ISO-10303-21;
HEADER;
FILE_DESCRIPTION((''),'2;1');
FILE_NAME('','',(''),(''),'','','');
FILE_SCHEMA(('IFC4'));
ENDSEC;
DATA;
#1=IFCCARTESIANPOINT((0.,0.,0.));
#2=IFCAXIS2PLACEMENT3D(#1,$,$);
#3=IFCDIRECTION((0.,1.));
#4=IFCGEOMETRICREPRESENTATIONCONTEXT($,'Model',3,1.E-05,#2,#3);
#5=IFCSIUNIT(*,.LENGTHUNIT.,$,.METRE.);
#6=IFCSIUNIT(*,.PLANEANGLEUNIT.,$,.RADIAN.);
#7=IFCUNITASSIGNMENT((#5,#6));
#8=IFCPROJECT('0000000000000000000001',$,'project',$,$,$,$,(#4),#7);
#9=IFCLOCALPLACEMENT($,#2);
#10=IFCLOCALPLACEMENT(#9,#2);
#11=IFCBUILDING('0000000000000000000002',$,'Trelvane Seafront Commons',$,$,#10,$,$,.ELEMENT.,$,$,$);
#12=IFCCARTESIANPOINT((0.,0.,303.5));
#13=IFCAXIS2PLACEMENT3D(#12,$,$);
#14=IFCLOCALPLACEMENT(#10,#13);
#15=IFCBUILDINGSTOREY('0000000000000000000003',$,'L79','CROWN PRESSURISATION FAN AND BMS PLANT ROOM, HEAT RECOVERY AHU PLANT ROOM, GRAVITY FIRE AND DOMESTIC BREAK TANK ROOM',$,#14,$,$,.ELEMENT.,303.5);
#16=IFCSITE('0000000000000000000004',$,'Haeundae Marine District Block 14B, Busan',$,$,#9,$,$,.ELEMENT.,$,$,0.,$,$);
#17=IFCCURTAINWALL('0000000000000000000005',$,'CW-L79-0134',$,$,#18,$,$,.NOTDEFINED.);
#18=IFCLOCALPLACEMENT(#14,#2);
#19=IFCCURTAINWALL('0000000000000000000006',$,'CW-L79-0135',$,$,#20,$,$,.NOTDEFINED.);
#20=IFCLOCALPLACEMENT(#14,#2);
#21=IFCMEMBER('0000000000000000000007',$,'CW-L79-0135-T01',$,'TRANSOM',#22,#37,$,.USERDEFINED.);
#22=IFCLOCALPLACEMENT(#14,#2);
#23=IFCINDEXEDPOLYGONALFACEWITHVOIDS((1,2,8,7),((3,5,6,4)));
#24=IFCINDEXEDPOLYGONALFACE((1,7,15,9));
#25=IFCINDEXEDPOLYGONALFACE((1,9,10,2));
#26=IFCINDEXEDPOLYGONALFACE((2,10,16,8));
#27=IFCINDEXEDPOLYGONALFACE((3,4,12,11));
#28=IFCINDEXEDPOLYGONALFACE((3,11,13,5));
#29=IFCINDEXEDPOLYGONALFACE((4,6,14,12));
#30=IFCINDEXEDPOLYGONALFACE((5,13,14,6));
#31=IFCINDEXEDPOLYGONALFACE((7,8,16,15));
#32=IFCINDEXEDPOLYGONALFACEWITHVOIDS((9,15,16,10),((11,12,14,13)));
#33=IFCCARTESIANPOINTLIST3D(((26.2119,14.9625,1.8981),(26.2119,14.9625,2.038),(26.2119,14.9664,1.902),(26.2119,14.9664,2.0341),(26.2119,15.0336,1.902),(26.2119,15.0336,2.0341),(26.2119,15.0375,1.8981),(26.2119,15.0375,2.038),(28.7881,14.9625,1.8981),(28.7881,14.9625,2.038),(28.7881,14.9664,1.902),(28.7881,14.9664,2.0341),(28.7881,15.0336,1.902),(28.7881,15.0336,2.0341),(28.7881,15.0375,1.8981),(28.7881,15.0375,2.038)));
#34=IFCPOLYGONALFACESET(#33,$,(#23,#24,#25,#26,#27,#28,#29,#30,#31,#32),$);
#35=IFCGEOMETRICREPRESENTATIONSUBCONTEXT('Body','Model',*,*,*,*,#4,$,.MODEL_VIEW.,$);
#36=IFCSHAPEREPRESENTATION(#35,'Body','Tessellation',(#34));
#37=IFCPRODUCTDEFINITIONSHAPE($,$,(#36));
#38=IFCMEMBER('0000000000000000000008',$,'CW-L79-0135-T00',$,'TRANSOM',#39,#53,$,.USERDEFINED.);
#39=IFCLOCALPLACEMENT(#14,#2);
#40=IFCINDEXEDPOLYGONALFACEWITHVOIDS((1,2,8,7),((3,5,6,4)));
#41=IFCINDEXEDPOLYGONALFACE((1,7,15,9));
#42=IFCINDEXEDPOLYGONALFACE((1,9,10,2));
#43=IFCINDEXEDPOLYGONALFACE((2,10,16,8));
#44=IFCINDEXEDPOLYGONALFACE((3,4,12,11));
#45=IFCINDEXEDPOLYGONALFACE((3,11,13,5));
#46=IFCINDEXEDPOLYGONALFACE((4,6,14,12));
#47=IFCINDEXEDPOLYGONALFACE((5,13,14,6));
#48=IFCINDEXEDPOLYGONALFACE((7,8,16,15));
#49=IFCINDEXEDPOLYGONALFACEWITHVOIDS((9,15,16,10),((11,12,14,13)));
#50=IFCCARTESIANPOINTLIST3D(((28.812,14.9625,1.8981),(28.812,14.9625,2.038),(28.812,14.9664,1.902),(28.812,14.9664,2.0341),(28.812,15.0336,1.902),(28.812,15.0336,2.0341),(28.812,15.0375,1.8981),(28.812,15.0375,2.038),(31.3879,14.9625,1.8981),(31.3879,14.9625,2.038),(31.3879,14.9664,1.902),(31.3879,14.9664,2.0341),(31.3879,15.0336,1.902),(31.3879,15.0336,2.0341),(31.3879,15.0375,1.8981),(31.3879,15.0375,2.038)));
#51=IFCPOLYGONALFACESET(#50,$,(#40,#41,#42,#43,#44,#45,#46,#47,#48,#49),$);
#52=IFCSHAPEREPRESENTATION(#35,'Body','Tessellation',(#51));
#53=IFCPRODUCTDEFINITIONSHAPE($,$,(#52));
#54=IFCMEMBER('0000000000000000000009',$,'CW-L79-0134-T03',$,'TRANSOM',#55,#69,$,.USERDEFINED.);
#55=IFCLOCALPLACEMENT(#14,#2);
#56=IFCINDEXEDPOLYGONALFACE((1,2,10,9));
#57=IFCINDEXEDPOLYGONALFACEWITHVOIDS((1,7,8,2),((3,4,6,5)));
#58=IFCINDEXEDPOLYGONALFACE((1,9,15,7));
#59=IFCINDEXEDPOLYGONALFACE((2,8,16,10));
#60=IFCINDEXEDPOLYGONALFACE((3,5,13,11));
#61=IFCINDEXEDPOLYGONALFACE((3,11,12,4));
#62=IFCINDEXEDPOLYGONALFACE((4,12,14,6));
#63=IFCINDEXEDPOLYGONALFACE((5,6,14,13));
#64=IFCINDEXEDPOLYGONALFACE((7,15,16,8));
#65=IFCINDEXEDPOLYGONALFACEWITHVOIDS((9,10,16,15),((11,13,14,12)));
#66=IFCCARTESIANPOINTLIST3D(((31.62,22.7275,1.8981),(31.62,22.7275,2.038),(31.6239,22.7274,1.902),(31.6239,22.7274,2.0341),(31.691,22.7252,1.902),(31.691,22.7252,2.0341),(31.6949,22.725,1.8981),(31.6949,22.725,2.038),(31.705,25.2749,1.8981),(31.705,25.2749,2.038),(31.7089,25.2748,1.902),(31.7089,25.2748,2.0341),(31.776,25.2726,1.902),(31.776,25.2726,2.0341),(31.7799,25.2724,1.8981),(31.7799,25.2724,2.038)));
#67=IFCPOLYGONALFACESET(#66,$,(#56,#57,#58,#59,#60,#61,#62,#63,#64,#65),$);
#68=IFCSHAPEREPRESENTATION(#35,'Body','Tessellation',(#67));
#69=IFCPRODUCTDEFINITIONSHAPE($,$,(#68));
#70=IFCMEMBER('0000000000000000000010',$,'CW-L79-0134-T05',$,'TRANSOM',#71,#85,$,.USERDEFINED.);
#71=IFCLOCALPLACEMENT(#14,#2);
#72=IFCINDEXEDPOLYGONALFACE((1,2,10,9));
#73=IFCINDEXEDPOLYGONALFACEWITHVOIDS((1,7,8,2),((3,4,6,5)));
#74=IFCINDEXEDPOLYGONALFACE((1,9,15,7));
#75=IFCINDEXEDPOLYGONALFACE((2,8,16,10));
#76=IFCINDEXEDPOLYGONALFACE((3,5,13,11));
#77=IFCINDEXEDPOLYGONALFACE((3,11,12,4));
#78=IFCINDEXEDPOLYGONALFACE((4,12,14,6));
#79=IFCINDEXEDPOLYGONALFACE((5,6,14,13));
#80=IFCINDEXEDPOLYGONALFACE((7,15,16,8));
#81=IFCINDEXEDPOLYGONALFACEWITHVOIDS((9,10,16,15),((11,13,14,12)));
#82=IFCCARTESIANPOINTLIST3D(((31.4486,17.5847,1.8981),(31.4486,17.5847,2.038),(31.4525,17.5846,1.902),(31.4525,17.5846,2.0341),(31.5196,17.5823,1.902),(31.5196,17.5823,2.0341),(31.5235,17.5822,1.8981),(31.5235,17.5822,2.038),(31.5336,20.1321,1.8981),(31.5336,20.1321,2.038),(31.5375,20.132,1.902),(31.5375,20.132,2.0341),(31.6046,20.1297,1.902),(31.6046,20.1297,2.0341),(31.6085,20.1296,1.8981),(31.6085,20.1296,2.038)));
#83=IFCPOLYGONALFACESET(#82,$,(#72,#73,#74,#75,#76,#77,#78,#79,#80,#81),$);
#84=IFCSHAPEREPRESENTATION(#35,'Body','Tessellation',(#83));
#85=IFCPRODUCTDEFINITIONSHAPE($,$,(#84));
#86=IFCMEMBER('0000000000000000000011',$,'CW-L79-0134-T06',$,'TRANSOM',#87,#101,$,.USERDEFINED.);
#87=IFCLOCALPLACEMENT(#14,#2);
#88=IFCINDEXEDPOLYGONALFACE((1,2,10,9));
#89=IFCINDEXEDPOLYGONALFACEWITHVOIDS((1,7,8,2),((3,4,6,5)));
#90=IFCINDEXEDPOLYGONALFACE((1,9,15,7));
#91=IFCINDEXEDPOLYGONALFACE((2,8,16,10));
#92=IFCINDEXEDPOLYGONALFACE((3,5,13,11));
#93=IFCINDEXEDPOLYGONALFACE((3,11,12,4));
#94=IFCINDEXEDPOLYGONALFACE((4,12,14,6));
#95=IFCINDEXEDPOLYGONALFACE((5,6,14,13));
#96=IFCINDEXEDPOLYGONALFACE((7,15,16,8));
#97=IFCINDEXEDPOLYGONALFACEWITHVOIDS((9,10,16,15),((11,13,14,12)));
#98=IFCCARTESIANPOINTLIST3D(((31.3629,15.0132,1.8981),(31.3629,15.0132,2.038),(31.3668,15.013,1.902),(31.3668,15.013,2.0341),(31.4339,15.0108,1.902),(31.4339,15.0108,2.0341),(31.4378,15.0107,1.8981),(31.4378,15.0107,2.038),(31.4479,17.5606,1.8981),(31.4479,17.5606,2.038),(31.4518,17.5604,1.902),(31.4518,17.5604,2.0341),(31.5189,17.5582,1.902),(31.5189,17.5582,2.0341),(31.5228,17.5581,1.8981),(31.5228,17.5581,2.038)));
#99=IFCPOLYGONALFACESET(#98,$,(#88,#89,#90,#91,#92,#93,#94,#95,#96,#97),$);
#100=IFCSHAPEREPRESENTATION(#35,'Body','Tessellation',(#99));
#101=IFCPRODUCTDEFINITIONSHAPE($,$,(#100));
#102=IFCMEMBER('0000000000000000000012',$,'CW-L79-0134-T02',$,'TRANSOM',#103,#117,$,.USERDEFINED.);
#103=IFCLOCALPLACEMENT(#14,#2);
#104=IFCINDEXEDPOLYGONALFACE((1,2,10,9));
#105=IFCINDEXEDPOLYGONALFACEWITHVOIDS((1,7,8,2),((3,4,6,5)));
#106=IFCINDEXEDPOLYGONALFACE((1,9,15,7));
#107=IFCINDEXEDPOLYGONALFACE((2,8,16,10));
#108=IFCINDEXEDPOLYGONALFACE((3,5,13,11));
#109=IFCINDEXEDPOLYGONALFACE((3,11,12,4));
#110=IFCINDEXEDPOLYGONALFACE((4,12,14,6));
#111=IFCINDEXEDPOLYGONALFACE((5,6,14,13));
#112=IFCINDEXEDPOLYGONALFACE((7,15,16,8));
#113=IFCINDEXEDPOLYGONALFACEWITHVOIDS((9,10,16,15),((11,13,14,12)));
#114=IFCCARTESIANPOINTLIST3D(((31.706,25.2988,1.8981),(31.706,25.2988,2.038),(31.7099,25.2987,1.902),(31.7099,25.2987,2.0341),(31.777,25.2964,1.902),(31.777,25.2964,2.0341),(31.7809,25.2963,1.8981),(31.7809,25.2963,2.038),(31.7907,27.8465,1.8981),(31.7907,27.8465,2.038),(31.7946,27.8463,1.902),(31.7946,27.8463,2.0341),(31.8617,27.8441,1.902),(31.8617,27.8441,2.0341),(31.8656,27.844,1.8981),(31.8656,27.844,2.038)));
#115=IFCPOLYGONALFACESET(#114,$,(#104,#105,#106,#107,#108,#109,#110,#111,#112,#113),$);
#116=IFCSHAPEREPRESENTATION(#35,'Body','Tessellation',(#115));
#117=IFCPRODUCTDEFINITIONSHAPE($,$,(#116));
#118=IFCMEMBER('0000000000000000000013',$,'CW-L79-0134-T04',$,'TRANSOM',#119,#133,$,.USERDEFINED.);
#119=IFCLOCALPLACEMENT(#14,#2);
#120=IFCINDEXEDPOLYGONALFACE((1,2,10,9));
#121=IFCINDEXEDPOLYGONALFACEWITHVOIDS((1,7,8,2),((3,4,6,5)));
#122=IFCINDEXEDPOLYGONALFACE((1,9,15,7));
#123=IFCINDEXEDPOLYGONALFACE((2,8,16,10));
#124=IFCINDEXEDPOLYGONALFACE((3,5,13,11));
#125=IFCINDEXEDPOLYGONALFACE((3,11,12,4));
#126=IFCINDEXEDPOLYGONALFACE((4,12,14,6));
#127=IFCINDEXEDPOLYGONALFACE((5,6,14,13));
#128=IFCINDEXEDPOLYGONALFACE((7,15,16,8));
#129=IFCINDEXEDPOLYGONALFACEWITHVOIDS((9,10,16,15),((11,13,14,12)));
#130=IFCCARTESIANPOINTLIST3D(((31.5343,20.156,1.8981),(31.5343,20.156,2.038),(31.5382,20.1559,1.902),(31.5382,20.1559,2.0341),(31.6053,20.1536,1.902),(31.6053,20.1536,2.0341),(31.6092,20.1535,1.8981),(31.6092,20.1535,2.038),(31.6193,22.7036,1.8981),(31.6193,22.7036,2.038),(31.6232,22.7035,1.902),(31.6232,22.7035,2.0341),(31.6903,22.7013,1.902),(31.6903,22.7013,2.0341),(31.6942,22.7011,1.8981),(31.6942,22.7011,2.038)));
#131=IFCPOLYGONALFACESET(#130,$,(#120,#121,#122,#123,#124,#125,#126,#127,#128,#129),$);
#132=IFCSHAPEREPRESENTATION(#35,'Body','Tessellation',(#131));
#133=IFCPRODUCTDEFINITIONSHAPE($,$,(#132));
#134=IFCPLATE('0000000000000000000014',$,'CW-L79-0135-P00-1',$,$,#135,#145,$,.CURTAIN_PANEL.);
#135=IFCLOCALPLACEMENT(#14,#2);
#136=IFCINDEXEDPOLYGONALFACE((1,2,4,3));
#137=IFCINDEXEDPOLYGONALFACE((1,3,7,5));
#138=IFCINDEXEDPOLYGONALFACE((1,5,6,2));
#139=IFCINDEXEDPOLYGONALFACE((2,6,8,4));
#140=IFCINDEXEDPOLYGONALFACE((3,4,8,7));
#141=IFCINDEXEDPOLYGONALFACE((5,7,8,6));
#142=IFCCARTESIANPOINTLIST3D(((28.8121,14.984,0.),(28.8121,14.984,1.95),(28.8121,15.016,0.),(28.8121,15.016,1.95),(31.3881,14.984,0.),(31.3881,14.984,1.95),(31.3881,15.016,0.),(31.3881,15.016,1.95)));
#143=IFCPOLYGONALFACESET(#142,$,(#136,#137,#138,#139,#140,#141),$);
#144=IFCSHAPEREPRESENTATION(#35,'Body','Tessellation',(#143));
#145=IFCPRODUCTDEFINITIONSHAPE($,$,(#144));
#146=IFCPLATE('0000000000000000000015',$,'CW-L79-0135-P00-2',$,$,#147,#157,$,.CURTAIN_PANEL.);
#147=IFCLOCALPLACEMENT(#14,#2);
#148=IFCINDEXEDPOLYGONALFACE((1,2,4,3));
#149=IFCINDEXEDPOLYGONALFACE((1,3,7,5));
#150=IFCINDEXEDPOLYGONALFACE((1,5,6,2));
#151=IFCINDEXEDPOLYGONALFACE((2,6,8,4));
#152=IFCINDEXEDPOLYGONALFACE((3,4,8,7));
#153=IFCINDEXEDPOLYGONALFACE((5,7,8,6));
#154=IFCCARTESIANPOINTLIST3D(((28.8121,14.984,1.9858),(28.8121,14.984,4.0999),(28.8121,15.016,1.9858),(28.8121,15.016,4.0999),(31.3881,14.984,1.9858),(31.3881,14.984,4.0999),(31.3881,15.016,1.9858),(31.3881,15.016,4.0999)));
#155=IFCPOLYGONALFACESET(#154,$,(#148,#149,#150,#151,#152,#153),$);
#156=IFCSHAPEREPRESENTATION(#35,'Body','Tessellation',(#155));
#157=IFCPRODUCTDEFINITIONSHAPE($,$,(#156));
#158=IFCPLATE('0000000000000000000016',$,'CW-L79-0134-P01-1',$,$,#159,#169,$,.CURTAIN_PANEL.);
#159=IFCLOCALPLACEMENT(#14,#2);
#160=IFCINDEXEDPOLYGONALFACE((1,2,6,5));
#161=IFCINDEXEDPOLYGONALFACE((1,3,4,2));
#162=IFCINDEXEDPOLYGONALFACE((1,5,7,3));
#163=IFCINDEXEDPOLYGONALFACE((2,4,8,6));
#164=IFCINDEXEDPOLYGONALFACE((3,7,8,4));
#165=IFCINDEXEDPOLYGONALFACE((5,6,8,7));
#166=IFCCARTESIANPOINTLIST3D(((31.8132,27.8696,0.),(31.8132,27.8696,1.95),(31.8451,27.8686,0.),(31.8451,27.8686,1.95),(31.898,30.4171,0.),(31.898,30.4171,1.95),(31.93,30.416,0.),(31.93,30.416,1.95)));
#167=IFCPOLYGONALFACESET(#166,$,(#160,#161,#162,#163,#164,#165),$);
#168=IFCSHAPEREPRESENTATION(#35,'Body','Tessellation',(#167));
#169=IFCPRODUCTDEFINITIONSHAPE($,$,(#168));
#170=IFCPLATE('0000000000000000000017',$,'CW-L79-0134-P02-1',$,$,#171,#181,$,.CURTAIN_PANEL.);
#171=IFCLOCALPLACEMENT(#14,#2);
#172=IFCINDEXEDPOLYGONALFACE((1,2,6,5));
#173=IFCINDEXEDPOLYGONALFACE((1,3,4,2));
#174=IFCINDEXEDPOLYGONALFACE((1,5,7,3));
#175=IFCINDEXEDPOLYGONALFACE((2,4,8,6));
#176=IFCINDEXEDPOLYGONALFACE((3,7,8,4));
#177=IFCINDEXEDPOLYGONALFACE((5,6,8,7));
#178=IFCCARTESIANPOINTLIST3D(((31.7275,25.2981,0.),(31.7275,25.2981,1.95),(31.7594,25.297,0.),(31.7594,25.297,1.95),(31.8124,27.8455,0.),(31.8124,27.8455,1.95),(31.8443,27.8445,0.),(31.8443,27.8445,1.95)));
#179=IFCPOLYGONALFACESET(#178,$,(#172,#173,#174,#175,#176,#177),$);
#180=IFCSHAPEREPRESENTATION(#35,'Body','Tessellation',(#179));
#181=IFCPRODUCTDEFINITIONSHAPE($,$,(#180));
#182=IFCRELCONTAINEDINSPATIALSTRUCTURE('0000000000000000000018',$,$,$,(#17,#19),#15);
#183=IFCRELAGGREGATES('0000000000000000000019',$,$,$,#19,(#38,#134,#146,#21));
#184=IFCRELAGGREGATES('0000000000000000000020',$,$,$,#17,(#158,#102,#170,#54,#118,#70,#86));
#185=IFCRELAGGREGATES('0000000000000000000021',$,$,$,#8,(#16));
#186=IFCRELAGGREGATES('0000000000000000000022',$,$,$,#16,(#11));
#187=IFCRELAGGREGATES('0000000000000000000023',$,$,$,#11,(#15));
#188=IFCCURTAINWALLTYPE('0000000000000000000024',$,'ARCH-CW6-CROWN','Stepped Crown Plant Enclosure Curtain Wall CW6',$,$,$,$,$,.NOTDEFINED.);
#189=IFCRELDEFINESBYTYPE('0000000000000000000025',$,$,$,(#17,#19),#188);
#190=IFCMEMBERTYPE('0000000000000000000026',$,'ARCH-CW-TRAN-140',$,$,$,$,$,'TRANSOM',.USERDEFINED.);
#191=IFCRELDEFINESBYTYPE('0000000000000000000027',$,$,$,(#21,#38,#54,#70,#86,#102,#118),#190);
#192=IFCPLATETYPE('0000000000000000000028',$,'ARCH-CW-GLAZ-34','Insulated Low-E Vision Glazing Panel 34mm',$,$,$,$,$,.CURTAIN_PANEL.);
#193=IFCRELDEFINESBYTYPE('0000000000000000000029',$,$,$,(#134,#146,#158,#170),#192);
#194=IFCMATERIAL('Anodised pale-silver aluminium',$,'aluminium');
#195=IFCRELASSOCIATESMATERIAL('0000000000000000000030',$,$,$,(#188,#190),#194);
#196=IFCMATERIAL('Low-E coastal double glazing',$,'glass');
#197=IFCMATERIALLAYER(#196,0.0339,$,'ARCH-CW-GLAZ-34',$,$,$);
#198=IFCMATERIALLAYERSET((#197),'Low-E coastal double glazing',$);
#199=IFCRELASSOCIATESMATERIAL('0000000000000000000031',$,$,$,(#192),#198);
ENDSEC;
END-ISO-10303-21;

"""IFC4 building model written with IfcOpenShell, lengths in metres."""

from ifc_helpers import new_model, si_unit, direction, frame, origin, origin_2d, place, context, subcontext, project, spatial, rectangle, hollow_rectangle, extrude, source, transform, mapped, material, layer, layer_set, material_profile, profile_set, type_object, element, aggregate, save


model = new_model("IFC4")

# Units and contexts
model_context = context("Model", 3, precision=1e-05, world=origin(), true_north=direction((0.0, 1.0)))
body_context = subcontext(model_context, "Body", "Model", "MODEL_VIEW")
ifc_project = project(units=[si_unit("LENGTHUNIT", "METRE"), si_unit("PLANEANGLEUNIT", "RADIAN")], contexts=[model_context])

# Site, building, storey
site_placement = place(None, origin())
site = spatial("IfcSite", under=ifc_project, at=site_placement, Name="Haeundae Marine District Block 14B, Busan", CompositionType="ELEMENT", RefElevation=0.0)
building_placement = place(site_placement, origin())
building = spatial("IfcBuilding", under=site, at=building_placement, Name="Trelvane Seafront Commons", CompositionType="ELEMENT")
storey_placement = place(building_placement, frame((0.0, 0.0, 303.5)))
storey = spatial("IfcBuildingStorey", under=building, at=storey_placement, Name="L79", Description="CROWN PRESSURISATION FAN AND BMS PLANT ROOM, HEAT RECOVERY AHU PLANT ROOM, GRAVITY FIRE AND DOMESTIC BREAK TANK ROOM", CompositionType="ELEMENT", Elevation=303.5)

# Curtain walls, members
ifc_material_1 = material(Name="Anodised pale-silver aluminium", Category="aluminium")
curtain_wall_type = type_object("IfcCurtainWallType", Name="ARCH-CW6-CROWN", Description="Stepped Crown Plant Enclosure Curtain Wall CW6", PredefinedType="NOTDEFINED", material=ifc_material_1)
curtain_wall_1_placement = place(storey_placement, origin())
curtain_wall_1 = element("IfcCurtainWall", 1, at=curtain_wall_1_placement, inside=storey, type_object=curtain_wall_type, Name="CW-L79-0134", PredefinedType="NOTDEFINED")
curtain_wall_2_placement = place(storey_placement, origin())
curtain_wall_2 = element("IfcCurtainWall", 2, at=curtain_wall_2_placement, inside=storey, type_object=curtain_wall_type, Name="CW-L79-0135", PredefinedType="NOTDEFINED")
ifc_material_profile_1 = material_profile(ifc_material_1, hollow_rectangle(XDim=0.075, YDim=0.1399, WallThickness=0.0039, at=origin_2d()), Name="TRAN-75x140x4")
ifc_profile_set_1 = profile_set([ifc_material_profile_1], Name="Anodised pale-silver aluminium")
member_type_1 = type_object("IfcMemberType", Name="ARCH-CW-TRAN-140", ElementType="TRANSOM", PredefinedType="USERDEFINED", material=ifc_profile_set_1)
shared_shape_1 = source(origin(), body_context, "Body", "SweptSolid", [
    extrude(hollow_rectangle(XDim=0.075, YDim=0.1399, WallThickness=0.0039, at=origin_2d()), origin(), (0.0, 0.0, 1.0), 2.5762),
])
member_1_placement = place(storey_placement, frame((28.7881, 15.0, 1.968), z_axis=(-1.0, 0.0, 0.0), x_axis=(0.0, -1.0, 0.0)))
member_1 = element("IfcMember", 3, at=member_1_placement, type_object=member_type_1, Name="CW-L79-0135-T01", ObjectType="TRANSOM", PredefinedType="USERDEFINED", context=body_context, shape_type="MappedRepresentation", body=[
    mapped(shared_shape_1, transform((0.0, 0.0, 0.0), x_axis=(1.0, 0.0, 0.0), y_axis=(0.0, 1.0, 0.0), z_axis=(0.0, 0.0, 1.0), scale=1.0)),
])
shared_shape_2 = source(origin(), body_context, "Body", "SweptSolid", [
    extrude(hollow_rectangle(XDim=0.075, YDim=0.1399, WallThickness=0.0039, at=origin_2d()), origin(), (0.0, 0.0, 1.0), 2.5759),
])
member_2_placement = place(storey_placement, frame((31.3879, 15.0, 1.968), z_axis=(-1.0, 0.0, 0.0), x_axis=(0.0, -1.0, 0.0)))
member_2 = element("IfcMember", 4, at=member_2_placement, type_object=member_type_1, Name="CW-L79-0135-T00", ObjectType="TRANSOM", PredefinedType="USERDEFINED", context=body_context, shape_type="MappedRepresentation", body=[
    mapped(shared_shape_2, transform((0.0, 0.0, 0.0), x_axis=(1.0, 0.0, 0.0), y_axis=(0.0, 1.0, 0.0), z_axis=(0.0, 0.0, 1.0), scale=1.0)),
])

# Members
shared_shape_3 = source(origin(), body_context, "Body", "SweptSolid", [
    extrude(hollow_rectangle(XDim=0.075, YDim=0.1399, WallThickness=0.0039, at=origin_2d()), origin(), (0.0, 0.0, 1.0), 2.5488),
])
member_3_placement = place(storey_placement, frame((31.7424, 25.2737, 1.968), z_axis=(-0.033334, -0.999444, 0.0), x_axis=(0.999444, -0.033334, 0.0)))
member_3 = element("IfcMember", 5, at=member_3_placement, type_object=member_type_1, Name="CW-L79-0134-T03", ObjectType="TRANSOM", PredefinedType="USERDEFINED", context=body_context, shape_type="MappedRepresentation", body=[
    mapped(shared_shape_3, transform((0.0, 0.0, 0.0), x_axis=(1.0, 0.0, 0.0), y_axis=(0.0, 1.0, 0.0), z_axis=(0.0, 0.0, 1.0), scale=1.0)),
])
member_4_placement = place(storey_placement, frame((31.571, 20.1309, 1.968), z_axis=(-0.033334, -0.999444, 0.0), x_axis=(0.999444, -0.033334, 0.0)))
member_4 = element("IfcMember", 6, at=member_4_placement, type_object=member_type_1, Name="CW-L79-0134-T05", ObjectType="TRANSOM", PredefinedType="USERDEFINED", context=body_context, shape_type="MappedRepresentation", body=[
    mapped(shared_shape_3, transform((0.0, 0.0, 0.0), x_axis=(1.0, 0.0, 0.0), y_axis=(0.0, 1.0, 0.0), z_axis=(0.0, 0.0, 1.0), scale=1.0)),
])
member_5_placement = place(storey_placement, frame((31.4854, 17.5593, 1.968), z_axis=(-0.033334, -0.999444, 0.0), x_axis=(0.999444, -0.033334, 0.0)))
member_5 = element("IfcMember", 7, at=member_5_placement, type_object=member_type_1, Name="CW-L79-0134-T06", ObjectType="TRANSOM", PredefinedType="USERDEFINED", context=body_context, shape_type="MappedRepresentation", body=[
    mapped(shared_shape_3, transform((0.0, 0.0, 0.0), x_axis=(1.0, 0.0, 0.0), y_axis=(0.0, 1.0, 0.0), z_axis=(0.0, 0.0, 1.0), scale=1.0)),
])
shared_shape_4 = source(origin(), body_context, "Body", "SweptSolid", [
    extrude(hollow_rectangle(XDim=0.075, YDim=0.1399, WallThickness=0.0039, at=origin_2d()), origin(), (0.0, 0.0, 1.0), 2.5491),
])
member_6_placement = place(storey_placement, frame((31.8281, 27.8452, 1.968), z_axis=(-0.033235, -0.999448, 0.0), x_axis=(0.999448, -0.033235, 0.0)))
member_6 = element("IfcMember", 8, at=member_6_placement, type_object=member_type_1, Name="CW-L79-0134-T02", ObjectType="TRANSOM", PredefinedType="USERDEFINED", context=body_context, shape_type="MappedRepresentation", body=[
    mapped(shared_shape_4, transform((0.0, 0.0, 0.0), x_axis=(1.0, 0.0, 0.0), y_axis=(0.0, 1.0, 0.0), z_axis=(0.0, 0.0, 1.0), scale=1.0)),
])
member_7_placement = place(storey_placement, frame((31.6567, 22.7024, 1.968), z_axis=(-0.033331, -0.999444, 0.0), x_axis=(0.999444, -0.033331, 0.0)))
member_7 = element("IfcMember", 9, at=member_7_placement, type_object=member_type_1, Name="CW-L79-0134-T04", ObjectType="TRANSOM", PredefinedType="USERDEFINED", context=body_context, shape_type="MappedRepresentation", body=[
    mapped(shared_shape_4, transform((0.0, 0.0, 0.0), x_axis=(1.0, 0.0, 0.0), y_axis=(0.0, 1.0, 0.0), z_axis=(0.0, 0.0, 1.0), scale=1.0)),
])

# Plates
ifc_material_2 = material(Name="Low-E coastal double glazing", Category="glass")
ifc_layer_1 = layer(ifc_material_2, 0.0339, Name="ARCH-CW-GLAZ-34")
ifc_layer_set_1 = layer_set([ifc_layer_1], Name="Low-E coastal double glazing")
plate_type_1 = type_object("IfcPlateType", Name="ARCH-CW-GLAZ-34", Description="Insulated Low-E Vision Glazing Panel 34mm", PredefinedType="CURTAIN_PANEL", material=ifc_layer_set_1)
shared_shape_5 = source(origin(), body_context, "Body", "SweptSolid", [
    extrude(rectangle(XDim=2.5759, YDim=0.032, at=origin_2d()), origin(), (0.0, 0.0, 1.0), 1.95),
])
plate_1_placement = place(storey_placement, frame((30.1001, 15.0, 0.0), z_axis=(0.0, 0.0, 1.0), x_axis=(-1.0, 0.0, 0.0)))
plate_1 = element("IfcPlate", 10, at=plate_1_placement, type_object=plate_type_1, Name="CW-L79-0135-P00-1", PredefinedType="CURTAIN_PANEL", context=body_context, shape_type="MappedRepresentation", body=[
    mapped(shared_shape_5, transform((0.0, 0.0, 0.0), x_axis=(1.0, 0.0, 0.0), y_axis=(0.0, 1.0, 0.0), z_axis=(0.0, 0.0, 1.0), scale=1.0)),
])
shared_shape_6 = source(origin(), body_context, "Body", "SweptSolid", [
    extrude(rectangle(XDim=2.5759, YDim=0.032, at=origin_2d()), origin(), (0.0, 0.0, 1.0), 2.114),
])
plate_2_placement = place(storey_placement, frame((30.1001, 15.0, 1.9858), z_axis=(0.0, 0.0, 1.0), x_axis=(-1.0, 0.0, 0.0)))
plate_2 = element("IfcPlate", 11, at=plate_2_placement, type_object=plate_type_1, Name="CW-L79-0135-P00-2", PredefinedType="CURTAIN_PANEL", context=body_context, shape_type="MappedRepresentation", body=[
    mapped(shared_shape_6, transform((0.0, 0.0, 0.0), x_axis=(1.0, 0.0, 0.0), y_axis=(0.0, 1.0, 0.0), z_axis=(0.0, 0.0, 1.0), scale=1.0)),
])
aggregate(curtain_wall_2, [member_2, plate_1, plate_2, member_1])
shared_shape_7 = source(origin(), body_context, "Body", "SweptSolid", [
    extrude(rectangle(XDim=2.5488, YDim=0.032, at=origin_2d()), origin(), (0.0, 0.0, 1.0), 1.95),
])
plate_3_placement = place(storey_placement, frame((31.8716, 29.1428, 0.0), z_axis=(0.0, 0.0, 1.0), x_axis=(-0.033309, -0.999445, 0.0)))
plate_3 = element("IfcPlate", 12, at=plate_3_placement, type_object=plate_type_1, Name="CW-L79-0134-P01-1", PredefinedType="CURTAIN_PANEL", context=body_context, shape_type="MappedRepresentation", body=[
    mapped(shared_shape_7, transform((0.0, 0.0, 0.0), x_axis=(1.0, 0.0, 0.0), y_axis=(0.0, 1.0, 0.0), z_axis=(0.0, 0.0, 1.0), scale=1.0)),
])
plate_4_placement = place(storey_placement, frame((31.7859, 26.5713, 0.0), z_axis=(0.0, 0.0, 1.0), x_axis=(-0.03331, -0.999445, 0.0)))
plate_4 = element("IfcPlate", 13, at=plate_4_placement, type_object=plate_type_1, Name="CW-L79-0134-P02-1", PredefinedType="CURTAIN_PANEL", context=body_context, shape_type="MappedRepresentation", body=[
    mapped(shared_shape_7, transform((0.0, 0.0, 0.0), x_axis=(1.0, 0.0, 0.0), y_axis=(0.0, 1.0, 0.0), z_axis=(0.0, 0.0, 1.0), scale=1.0)),
])
aggregate(curtain_wall_1, [plate_3, member_6, plate_4, member_3, member_7, member_4, member_5])

save(model, "model.ifc")
